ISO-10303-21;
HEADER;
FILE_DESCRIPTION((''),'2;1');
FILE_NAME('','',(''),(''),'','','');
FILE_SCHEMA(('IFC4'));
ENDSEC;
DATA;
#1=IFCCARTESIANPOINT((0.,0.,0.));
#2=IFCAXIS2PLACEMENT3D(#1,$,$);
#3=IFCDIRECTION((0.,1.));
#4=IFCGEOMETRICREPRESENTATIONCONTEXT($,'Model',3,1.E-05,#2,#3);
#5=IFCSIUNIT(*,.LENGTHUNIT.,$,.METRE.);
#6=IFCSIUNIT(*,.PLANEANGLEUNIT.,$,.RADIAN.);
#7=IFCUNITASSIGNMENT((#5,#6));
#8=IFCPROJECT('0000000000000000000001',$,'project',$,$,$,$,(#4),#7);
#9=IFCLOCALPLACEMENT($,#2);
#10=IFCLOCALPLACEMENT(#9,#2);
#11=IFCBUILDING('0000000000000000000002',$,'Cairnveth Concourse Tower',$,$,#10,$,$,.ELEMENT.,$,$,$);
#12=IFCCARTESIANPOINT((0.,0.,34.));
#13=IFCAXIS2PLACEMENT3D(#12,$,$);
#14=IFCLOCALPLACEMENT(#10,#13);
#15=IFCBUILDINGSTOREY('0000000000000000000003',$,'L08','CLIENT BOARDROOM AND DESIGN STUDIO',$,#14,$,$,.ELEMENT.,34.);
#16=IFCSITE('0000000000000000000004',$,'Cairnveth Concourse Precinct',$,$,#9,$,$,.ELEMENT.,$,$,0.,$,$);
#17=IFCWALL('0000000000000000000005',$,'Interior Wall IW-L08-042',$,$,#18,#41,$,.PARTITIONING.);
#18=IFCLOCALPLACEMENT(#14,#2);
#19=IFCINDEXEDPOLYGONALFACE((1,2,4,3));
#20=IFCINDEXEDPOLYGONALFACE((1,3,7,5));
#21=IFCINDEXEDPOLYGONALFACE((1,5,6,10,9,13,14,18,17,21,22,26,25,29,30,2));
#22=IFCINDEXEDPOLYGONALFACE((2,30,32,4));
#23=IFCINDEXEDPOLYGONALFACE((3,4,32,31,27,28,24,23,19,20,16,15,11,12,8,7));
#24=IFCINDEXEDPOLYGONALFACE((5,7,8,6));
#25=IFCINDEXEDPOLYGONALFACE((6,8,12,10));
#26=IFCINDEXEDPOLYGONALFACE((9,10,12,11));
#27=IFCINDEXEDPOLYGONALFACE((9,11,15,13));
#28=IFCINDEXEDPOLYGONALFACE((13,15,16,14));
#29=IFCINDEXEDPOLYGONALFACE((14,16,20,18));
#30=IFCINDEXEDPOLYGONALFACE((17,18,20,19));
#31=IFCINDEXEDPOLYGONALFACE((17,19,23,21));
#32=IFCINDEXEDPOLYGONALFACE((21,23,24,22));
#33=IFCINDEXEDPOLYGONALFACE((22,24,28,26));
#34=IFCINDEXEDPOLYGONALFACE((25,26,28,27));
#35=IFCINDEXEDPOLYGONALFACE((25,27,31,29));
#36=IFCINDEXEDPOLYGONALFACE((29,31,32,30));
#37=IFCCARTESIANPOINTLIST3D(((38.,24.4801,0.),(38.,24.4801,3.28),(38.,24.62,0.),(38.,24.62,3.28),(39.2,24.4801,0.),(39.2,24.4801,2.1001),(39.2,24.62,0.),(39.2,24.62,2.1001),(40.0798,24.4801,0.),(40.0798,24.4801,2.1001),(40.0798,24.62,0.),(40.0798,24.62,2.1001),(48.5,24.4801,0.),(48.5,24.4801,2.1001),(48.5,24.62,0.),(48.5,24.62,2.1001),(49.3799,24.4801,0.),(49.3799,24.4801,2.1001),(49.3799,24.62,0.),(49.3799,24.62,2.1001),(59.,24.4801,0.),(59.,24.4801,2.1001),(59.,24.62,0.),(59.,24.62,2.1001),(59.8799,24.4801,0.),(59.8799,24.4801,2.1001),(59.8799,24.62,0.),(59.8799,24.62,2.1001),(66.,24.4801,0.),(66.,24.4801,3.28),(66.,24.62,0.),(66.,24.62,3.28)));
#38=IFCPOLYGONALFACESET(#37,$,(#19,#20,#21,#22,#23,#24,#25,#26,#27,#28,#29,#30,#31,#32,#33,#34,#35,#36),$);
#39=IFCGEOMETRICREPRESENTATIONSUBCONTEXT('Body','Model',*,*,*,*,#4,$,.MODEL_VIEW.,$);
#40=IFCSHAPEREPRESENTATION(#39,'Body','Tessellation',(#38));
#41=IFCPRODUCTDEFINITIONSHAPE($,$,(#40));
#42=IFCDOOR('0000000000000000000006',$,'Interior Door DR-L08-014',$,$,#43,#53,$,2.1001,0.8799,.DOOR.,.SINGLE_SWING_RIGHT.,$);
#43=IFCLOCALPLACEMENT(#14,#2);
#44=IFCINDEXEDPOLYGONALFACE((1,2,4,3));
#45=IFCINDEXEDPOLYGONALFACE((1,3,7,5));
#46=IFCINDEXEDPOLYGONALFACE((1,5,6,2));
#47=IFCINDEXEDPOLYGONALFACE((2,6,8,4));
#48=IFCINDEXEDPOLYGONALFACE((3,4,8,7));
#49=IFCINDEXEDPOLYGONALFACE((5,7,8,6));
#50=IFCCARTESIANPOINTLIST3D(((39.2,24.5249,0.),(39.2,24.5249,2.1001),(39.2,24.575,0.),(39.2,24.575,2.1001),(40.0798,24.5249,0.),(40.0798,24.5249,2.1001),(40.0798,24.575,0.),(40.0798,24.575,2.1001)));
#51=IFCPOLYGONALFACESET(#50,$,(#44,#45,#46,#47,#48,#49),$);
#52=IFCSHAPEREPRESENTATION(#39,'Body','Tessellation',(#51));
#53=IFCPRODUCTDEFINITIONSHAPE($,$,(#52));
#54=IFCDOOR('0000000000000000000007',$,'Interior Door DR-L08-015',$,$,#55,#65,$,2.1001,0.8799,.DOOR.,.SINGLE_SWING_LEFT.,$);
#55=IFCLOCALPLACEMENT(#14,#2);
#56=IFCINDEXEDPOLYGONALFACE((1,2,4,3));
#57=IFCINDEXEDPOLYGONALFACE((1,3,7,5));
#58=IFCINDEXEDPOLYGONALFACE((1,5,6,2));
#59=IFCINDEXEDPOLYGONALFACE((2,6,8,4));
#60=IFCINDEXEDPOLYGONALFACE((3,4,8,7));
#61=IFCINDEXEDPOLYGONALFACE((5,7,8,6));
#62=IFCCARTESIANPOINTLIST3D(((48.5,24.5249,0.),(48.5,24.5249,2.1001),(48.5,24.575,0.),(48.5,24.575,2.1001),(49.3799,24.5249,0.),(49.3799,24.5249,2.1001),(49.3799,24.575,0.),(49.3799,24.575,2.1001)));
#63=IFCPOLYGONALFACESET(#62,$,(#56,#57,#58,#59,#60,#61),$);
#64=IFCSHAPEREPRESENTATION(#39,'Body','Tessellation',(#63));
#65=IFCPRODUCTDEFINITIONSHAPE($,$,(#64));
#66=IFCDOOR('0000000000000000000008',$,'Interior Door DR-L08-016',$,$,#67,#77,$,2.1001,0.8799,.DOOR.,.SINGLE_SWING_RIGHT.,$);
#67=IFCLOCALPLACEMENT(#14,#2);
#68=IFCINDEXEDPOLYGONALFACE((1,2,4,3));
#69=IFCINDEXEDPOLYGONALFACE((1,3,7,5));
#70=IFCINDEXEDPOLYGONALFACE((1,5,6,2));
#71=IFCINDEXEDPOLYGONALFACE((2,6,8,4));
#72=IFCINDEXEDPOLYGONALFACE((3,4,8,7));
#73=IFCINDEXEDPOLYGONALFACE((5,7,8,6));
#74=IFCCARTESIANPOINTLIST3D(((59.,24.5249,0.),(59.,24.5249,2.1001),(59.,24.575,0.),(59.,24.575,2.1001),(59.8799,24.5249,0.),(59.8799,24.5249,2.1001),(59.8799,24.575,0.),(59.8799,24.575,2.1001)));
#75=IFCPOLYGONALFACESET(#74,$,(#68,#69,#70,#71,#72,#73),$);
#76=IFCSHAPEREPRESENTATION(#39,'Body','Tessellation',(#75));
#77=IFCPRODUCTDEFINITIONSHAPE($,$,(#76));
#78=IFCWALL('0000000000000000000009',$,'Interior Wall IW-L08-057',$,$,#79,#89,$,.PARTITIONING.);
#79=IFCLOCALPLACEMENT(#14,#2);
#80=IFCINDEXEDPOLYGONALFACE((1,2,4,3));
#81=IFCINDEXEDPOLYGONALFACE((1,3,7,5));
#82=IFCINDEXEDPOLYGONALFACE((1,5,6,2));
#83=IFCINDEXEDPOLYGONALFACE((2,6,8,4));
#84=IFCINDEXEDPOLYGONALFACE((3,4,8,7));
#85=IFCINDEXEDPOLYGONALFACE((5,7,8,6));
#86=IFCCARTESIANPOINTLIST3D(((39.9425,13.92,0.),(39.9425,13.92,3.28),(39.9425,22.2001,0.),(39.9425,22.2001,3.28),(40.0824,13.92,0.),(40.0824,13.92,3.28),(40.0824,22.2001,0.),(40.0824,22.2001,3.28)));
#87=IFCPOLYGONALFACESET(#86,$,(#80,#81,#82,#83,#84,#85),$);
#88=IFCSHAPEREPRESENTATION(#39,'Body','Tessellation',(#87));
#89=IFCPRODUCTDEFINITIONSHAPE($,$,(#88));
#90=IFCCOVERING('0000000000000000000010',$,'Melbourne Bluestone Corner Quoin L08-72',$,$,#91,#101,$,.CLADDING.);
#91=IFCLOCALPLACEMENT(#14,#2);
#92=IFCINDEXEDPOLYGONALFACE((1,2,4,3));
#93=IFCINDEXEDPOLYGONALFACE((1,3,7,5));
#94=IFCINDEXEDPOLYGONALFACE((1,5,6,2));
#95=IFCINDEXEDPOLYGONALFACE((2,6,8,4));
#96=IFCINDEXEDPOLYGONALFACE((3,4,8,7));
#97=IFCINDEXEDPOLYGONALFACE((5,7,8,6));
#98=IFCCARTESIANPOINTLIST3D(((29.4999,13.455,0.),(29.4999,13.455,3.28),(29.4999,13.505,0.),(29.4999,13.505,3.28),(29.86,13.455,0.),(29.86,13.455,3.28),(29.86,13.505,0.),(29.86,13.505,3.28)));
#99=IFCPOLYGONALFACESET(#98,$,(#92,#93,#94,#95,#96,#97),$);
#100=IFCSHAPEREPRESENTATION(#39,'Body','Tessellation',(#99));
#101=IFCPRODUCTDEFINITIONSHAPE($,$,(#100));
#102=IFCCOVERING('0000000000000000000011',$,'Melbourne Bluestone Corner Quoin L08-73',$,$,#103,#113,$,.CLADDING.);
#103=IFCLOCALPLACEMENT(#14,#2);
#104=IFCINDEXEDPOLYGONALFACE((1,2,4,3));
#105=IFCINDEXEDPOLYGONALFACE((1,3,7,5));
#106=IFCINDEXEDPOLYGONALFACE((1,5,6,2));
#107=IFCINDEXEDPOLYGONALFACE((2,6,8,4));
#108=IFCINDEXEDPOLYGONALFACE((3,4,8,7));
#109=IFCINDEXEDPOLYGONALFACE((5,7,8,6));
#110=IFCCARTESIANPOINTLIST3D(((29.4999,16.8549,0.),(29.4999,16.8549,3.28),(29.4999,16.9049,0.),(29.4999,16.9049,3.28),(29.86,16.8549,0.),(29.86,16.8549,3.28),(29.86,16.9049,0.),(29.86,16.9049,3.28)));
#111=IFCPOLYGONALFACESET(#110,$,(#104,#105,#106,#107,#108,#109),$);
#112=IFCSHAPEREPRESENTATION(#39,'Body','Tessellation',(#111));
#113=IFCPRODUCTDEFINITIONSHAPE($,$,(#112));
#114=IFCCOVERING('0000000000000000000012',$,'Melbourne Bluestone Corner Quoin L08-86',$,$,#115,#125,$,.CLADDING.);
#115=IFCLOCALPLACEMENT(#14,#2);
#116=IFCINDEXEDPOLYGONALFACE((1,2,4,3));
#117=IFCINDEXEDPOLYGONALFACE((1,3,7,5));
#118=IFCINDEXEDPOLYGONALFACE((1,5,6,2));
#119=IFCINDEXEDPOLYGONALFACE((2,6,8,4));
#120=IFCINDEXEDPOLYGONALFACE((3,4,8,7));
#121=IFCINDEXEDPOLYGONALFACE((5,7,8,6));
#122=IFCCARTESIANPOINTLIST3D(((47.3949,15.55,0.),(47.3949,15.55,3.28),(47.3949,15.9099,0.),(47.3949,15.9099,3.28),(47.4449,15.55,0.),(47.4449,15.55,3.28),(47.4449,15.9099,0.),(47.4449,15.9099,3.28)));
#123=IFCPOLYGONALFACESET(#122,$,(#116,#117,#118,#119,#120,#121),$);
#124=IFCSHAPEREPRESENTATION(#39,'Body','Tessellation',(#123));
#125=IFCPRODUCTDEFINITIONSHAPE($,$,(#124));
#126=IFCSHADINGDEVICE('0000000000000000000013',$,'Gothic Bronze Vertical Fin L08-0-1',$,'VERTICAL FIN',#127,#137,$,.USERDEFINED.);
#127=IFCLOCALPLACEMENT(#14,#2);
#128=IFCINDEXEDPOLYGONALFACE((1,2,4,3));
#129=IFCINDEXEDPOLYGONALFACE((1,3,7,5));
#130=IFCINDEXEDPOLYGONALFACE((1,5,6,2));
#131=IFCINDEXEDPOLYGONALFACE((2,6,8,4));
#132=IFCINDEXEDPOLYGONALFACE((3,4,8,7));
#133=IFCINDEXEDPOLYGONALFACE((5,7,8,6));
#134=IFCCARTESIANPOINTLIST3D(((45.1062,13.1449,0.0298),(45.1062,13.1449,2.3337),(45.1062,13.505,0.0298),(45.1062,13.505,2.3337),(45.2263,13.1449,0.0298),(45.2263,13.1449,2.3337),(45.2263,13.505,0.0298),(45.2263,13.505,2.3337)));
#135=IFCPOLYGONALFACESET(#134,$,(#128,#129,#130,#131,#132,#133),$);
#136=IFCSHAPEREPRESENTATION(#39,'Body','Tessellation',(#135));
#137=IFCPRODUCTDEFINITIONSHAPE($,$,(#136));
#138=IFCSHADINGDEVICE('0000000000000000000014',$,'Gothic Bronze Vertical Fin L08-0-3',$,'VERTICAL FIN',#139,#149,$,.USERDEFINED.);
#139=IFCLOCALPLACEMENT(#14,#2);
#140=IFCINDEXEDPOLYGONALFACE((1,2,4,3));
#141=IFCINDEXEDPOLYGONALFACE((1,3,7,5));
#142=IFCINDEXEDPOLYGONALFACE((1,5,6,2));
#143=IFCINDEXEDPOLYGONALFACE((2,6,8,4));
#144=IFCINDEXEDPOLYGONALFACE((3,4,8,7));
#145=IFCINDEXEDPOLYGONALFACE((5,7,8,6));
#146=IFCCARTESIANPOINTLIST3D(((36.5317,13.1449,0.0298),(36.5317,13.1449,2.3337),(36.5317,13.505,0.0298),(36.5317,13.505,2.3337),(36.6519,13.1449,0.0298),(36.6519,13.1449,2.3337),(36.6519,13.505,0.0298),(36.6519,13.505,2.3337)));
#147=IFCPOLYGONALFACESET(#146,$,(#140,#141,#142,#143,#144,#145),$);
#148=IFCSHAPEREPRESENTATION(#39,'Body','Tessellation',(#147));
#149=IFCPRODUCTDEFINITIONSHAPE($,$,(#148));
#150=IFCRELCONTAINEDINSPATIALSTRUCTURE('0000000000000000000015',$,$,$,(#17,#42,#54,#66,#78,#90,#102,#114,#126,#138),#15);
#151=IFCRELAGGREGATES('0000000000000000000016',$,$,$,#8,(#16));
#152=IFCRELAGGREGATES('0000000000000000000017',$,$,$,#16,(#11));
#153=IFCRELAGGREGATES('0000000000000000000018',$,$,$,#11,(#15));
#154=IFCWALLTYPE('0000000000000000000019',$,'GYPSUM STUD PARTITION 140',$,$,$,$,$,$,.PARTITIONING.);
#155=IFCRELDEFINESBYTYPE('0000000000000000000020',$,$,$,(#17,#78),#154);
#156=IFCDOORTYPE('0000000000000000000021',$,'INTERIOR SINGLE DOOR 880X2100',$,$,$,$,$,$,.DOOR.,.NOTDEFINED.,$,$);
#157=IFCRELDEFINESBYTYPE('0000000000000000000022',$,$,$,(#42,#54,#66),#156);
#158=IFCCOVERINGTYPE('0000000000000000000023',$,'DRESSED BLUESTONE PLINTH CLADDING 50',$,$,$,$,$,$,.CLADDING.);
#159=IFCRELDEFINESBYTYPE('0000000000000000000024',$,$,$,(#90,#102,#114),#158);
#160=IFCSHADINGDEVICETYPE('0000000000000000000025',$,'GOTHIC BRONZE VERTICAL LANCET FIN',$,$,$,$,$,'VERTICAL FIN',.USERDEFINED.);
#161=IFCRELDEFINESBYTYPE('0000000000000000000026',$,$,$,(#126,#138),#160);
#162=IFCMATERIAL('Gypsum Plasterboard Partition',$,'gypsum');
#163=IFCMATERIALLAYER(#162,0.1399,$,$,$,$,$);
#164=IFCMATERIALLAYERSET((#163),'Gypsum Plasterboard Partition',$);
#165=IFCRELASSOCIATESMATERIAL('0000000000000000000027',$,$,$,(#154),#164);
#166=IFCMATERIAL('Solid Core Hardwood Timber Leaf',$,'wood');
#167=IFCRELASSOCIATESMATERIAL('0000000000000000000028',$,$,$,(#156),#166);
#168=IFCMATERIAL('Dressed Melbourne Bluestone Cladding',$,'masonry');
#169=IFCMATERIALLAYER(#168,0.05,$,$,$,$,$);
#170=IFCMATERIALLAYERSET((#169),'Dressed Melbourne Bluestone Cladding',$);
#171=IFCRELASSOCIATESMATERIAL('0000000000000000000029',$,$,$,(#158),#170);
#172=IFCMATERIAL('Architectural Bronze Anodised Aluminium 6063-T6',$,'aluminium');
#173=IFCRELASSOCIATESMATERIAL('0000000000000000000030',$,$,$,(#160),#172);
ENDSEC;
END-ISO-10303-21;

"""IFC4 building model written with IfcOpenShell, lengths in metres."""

from ifc_helpers import new_model, si_unit, direction, frame, frame_2d, origin, origin_2d, place, context, subcontext, project, spatial, rectangle, extrude, material, layer, layer_set, type_object, element, fill, save


model = new_model("IFC4")

# Units and contexts
model_context = context("Model", 3, precision=1e-05, world=origin(), true_north=direction((0.0, 1.0)))
body_context = subcontext(model_context, "Body", "Model", "MODEL_VIEW")
ifc_project = project(units=[si_unit("LENGTHUNIT", "METRE"), si_unit("PLANEANGLEUNIT", "RADIAN")], contexts=[model_context])

# Site, building, storey
site_placement = place(None, origin())
site = spatial("IfcSite", under=ifc_project, at=site_placement, Name="Cairnveth Concourse Precinct", CompositionType="ELEMENT", RefElevation=0.0)
building_placement = place(site_placement, origin())
building = spatial("IfcBuilding", under=site, at=building_placement, Name="Cairnveth Concourse Tower", CompositionType="ELEMENT")
storey_placement = place(building_placement, frame((0.0, 0.0, 34.0)))
storey = spatial("IfcBuildingStorey", under=building, at=storey_placement, Name="L08", Description="CLIENT BOARDROOM AND DESIGN STUDIO", CompositionType="ELEMENT", Elevation=34.0)

# Wall, openings, doors
ifc_material_1 = material(Name="Gypsum Plasterboard Partition", Category="gypsum")
ifc_layer_1 = layer(ifc_material_1, 0.1399)
ifc_layer_set_1 = layer_set([ifc_layer_1], Name="Gypsum Plasterboard Partition")
wall_type = type_object("IfcWallType", Name="GYPSUM STUD PARTITION 140", PredefinedType="PARTITIONING", material=ifc_layer_set_1)
ifc_material_2 = material(Name="Solid Core Hardwood Timber Leaf", Category="wood")
wall_1_placement = place(storey_placement, frame((38.0, 24.55, 0.0), z_axis=(0.0, 0.0, 1.0), x_axis=(1.0, 0.0, 0.0)))
wall_1 = element("IfcWall", 1, at=wall_1_placement, inside=storey, type_object=wall_type, Name="Interior Wall IW-L08-042", PredefinedType="PARTITIONING", context=body_context, shape_type="SweptSolid", body=[
    extrude(rectangle(XDim=28.0, YDim=0.1399, at=frame_2d((14.0, 0.0))), origin(), (0.0, 0.0, 1.0), 3.28),
])
opening_1_placement = place(wall_1_placement, frame((1.2, 0.0, 0.0)))
opening_1 = element("IfcOpeningElement", 2, at=opening_1_placement, cuts=wall_1, PredefinedType="OPENING", context=body_context, shape_type="SweptSolid", body=[
    extrude(rectangle(XDim=0.8799, YDim=2.1001, at=frame_2d((0.4399, 1.05))), frame((0.0, 0.0798, 0.0), z_axis=(0.0, -1.0, 0.0), x_axis=(1.0, 0.0, 0.0)), (0.0, 0.0, 1.0), 0.1599),
])
opening_2_placement = place(wall_1_placement, frame((10.5, 0.0, 0.0)))
opening_2 = element("IfcOpeningElement", 3, at=opening_2_placement, cuts=wall_1, PredefinedType="OPENING", context=body_context, shape_type="SweptSolid", body=[
    extrude(rectangle(XDim=0.8799, YDim=2.1001, at=frame_2d((0.4399, 1.05))), frame((0.0, 0.0798, 0.0), z_axis=(0.0, -1.0, 0.0), x_axis=(1.0, 0.0, 0.0)), (0.0, 0.0, 1.0), 0.1599),
])
opening_3_placement = place(wall_1_placement, frame((21.0, 0.0, 0.0)))
opening_3 = element("IfcOpeningElement", 4, at=opening_3_placement, cuts=wall_1, PredefinedType="OPENING", context=body_context, shape_type="SweptSolid", body=[
    extrude(rectangle(XDim=0.8799, YDim=2.1001, at=frame_2d((0.4399, 1.05))), frame((0.0, 0.0798, 0.0), z_axis=(0.0, -1.0, 0.0), x_axis=(1.0, 0.0, 0.0)), (0.0, 0.0, 1.0), 0.1599),
])
door_type_1 = type_object("IfcDoorType", Name="INTERIOR SINGLE DOOR 880X2100", OperationType="NOTDEFINED", PredefinedType="DOOR", material=ifc_material_2)
door_1_placement = place(opening_1_placement, origin())
door_1 = element("IfcDoor", 5, at=door_1_placement, inside=storey, type_object=door_type_1, Name="Interior Door DR-L08-014", OperationType="SINGLE_SWING_RIGHT", OverallHeight=2.1001, OverallWidth=0.8799, PredefinedType="DOOR", context=body_context, shape_type="SweptSolid", body=[
    extrude(rectangle(XDim=0.8799, YDim=2.1001, at=frame_2d((0.4399, 1.05))), frame((0.0, 0.0249, 0.0), z_axis=(0.0, -1.0, 0.0), x_axis=(1.0, 0.0, 0.0)), (0.0, 0.0, 1.0), 0.05),
])
fill(opening_1, door_1)
door_2_placement = place(opening_2_placement, origin())
door_2 = element("IfcDoor", 6, at=door_2_placement, inside=storey, type_object=door_type_1, Name="Interior Door DR-L08-015", OperationType="SINGLE_SWING_LEFT", OverallHeight=2.1001, OverallWidth=0.8799, PredefinedType="DOOR", context=body_context, shape_type="SweptSolid", body=[
    extrude(rectangle(XDim=0.8799, YDim=2.1001, at=frame_2d((0.4399, 1.05))), frame((0.0, 0.0249, 0.0), z_axis=(0.0, -1.0, 0.0), x_axis=(1.0, 0.0, 0.0)), (0.0, 0.0, 1.0), 0.05),
])
fill(opening_2, door_2)
door_3_placement = place(opening_3_placement, origin())
door_3 = element("IfcDoor", 7, at=door_3_placement, inside=storey, type_object=door_type_1, Name="Interior Door DR-L08-016", OperationType="SINGLE_SWING_RIGHT", OverallHeight=2.1001, OverallWidth=0.8799, PredefinedType="DOOR", context=body_context, shape_type="SweptSolid", body=[
    extrude(rectangle(XDim=0.8799, YDim=2.1001, at=frame_2d((0.4399, 1.05))), frame((0.0, 0.0249, 0.0), z_axis=(0.0, -1.0, 0.0), x_axis=(1.0, 0.0, 0.0)), (0.0, 0.0, 1.0), 0.05),
])
fill(opening_3, door_3)

# Wall
wall_2_placement = place(storey_placement, frame((40.0125, 13.9199, 0.0), z_axis=(0.0, 0.0, 1.0), x_axis=(0.0, 1.0, 0.0)))
element("IfcWall", 8, at=wall_2_placement, inside=storey, type_object=wall_type, Name="Interior Wall IW-L08-057", PredefinedType="PARTITIONING", context=body_context, shape_type="SweptSolid", body=[
    extrude(rectangle(XDim=8.28, YDim=0.1399, at=frame_2d((4.1401, 0.0))), origin(), (0.0, 0.0, 1.0), 3.28),
])

# Coverings
ifc_material_3 = material(Name="Dressed Melbourne Bluestone Cladding", Category="masonry")
ifc_layer_2 = layer(ifc_material_3, 0.05)
ifc_layer_set_2 = layer_set([ifc_layer_2], Name="Dressed Melbourne Bluestone Cladding")
covering_type = type_object("IfcCoveringType", Name="DRESSED BLUESTONE PLINTH CLADDING 50", PredefinedType="CLADDING", material=ifc_layer_set_2)
for number, where, z_axis, x_axis, name in (
    (9, (29.8601, 13.48, 0.0), (0.0, 0.0, 1.0), (-1.0, 0.0, 0.0), "Melbourne Bluestone Corner Quoin L08-72"),
    (10, (29.8601, 16.8799, 0.0), (0.0, 0.0, 1.0), (-1.0, 0.0, 0.0), "Melbourne Bluestone Corner Quoin L08-73"),
):
    element("IfcCovering", number, at=place(storey_placement, frame(where, z_axis=z_axis, x_axis=x_axis)), inside=storey, type_object=covering_type, Name=name, PredefinedType="CLADDING", context=body_context, shape_type="SweptSolid", body=[
        extrude(rectangle(XDim=0.3601, YDim=0.05, at=frame_2d((0.1802, 0.0))), origin(), (0.0, 0.0, 1.0), 3.28),
    ])
covering_placement = place(storey_placement, frame((47.4199, 15.9099, 0.0), z_axis=(0.0, 0.0, 1.0), x_axis=(0.0, -1.0, 0.0)))
element("IfcCovering", 11, at=covering_placement, inside=storey, type_object=covering_type, Name="Melbourne Bluestone Corner Quoin L08-86", PredefinedType="CLADDING", context=body_context, shape_type="SweptSolid", body=[
    extrude(rectangle(XDim=0.3599, YDim=0.05, at=frame_2d((0.1799, 0.0))), origin(), (0.0, 0.0, 1.0), 3.28),
])

# Shading devices
ifc_material_4 = material(Name="Architectural Bronze Anodised Aluminium 6063-T6", Category="aluminium")
shading_device_type = type_object("IfcShadingDeviceType", Name="GOTHIC BRONZE VERTICAL LANCET FIN", ElementType="VERTICAL FIN", PredefinedType="USERDEFINED", material=ifc_material_4)
for number, where, z_axis, x_axis, name in (
    (12, (45.1663, 13.325, 0.0298), (0.0, 0.0, 1.0), (1.0, 0.0, 0.0), "Gothic Bronze Vertical Fin L08-0-1"),
    (13, (36.5918, 13.325, 0.0298), (0.0, 0.0, 1.0), (1.0, 0.0, 0.0), "Gothic Bronze Vertical Fin L08-0-3"),
):
    element("IfcShadingDevice", number, at=place(storey_placement, frame(where, z_axis=z_axis, x_axis=x_axis)), inside=storey, type_object=shading_device_type, Name=name, ObjectType="VERTICAL FIN", PredefinedType="USERDEFINED", context=body_context, shape_type="SweptSolid", body=[
        extrude(rectangle(XDim=0.1201, YDim=0.3601, at=origin_2d()), origin(), (0.0, 0.0, 1.0), 2.304),
    ])

save(model, "model.ifc")
